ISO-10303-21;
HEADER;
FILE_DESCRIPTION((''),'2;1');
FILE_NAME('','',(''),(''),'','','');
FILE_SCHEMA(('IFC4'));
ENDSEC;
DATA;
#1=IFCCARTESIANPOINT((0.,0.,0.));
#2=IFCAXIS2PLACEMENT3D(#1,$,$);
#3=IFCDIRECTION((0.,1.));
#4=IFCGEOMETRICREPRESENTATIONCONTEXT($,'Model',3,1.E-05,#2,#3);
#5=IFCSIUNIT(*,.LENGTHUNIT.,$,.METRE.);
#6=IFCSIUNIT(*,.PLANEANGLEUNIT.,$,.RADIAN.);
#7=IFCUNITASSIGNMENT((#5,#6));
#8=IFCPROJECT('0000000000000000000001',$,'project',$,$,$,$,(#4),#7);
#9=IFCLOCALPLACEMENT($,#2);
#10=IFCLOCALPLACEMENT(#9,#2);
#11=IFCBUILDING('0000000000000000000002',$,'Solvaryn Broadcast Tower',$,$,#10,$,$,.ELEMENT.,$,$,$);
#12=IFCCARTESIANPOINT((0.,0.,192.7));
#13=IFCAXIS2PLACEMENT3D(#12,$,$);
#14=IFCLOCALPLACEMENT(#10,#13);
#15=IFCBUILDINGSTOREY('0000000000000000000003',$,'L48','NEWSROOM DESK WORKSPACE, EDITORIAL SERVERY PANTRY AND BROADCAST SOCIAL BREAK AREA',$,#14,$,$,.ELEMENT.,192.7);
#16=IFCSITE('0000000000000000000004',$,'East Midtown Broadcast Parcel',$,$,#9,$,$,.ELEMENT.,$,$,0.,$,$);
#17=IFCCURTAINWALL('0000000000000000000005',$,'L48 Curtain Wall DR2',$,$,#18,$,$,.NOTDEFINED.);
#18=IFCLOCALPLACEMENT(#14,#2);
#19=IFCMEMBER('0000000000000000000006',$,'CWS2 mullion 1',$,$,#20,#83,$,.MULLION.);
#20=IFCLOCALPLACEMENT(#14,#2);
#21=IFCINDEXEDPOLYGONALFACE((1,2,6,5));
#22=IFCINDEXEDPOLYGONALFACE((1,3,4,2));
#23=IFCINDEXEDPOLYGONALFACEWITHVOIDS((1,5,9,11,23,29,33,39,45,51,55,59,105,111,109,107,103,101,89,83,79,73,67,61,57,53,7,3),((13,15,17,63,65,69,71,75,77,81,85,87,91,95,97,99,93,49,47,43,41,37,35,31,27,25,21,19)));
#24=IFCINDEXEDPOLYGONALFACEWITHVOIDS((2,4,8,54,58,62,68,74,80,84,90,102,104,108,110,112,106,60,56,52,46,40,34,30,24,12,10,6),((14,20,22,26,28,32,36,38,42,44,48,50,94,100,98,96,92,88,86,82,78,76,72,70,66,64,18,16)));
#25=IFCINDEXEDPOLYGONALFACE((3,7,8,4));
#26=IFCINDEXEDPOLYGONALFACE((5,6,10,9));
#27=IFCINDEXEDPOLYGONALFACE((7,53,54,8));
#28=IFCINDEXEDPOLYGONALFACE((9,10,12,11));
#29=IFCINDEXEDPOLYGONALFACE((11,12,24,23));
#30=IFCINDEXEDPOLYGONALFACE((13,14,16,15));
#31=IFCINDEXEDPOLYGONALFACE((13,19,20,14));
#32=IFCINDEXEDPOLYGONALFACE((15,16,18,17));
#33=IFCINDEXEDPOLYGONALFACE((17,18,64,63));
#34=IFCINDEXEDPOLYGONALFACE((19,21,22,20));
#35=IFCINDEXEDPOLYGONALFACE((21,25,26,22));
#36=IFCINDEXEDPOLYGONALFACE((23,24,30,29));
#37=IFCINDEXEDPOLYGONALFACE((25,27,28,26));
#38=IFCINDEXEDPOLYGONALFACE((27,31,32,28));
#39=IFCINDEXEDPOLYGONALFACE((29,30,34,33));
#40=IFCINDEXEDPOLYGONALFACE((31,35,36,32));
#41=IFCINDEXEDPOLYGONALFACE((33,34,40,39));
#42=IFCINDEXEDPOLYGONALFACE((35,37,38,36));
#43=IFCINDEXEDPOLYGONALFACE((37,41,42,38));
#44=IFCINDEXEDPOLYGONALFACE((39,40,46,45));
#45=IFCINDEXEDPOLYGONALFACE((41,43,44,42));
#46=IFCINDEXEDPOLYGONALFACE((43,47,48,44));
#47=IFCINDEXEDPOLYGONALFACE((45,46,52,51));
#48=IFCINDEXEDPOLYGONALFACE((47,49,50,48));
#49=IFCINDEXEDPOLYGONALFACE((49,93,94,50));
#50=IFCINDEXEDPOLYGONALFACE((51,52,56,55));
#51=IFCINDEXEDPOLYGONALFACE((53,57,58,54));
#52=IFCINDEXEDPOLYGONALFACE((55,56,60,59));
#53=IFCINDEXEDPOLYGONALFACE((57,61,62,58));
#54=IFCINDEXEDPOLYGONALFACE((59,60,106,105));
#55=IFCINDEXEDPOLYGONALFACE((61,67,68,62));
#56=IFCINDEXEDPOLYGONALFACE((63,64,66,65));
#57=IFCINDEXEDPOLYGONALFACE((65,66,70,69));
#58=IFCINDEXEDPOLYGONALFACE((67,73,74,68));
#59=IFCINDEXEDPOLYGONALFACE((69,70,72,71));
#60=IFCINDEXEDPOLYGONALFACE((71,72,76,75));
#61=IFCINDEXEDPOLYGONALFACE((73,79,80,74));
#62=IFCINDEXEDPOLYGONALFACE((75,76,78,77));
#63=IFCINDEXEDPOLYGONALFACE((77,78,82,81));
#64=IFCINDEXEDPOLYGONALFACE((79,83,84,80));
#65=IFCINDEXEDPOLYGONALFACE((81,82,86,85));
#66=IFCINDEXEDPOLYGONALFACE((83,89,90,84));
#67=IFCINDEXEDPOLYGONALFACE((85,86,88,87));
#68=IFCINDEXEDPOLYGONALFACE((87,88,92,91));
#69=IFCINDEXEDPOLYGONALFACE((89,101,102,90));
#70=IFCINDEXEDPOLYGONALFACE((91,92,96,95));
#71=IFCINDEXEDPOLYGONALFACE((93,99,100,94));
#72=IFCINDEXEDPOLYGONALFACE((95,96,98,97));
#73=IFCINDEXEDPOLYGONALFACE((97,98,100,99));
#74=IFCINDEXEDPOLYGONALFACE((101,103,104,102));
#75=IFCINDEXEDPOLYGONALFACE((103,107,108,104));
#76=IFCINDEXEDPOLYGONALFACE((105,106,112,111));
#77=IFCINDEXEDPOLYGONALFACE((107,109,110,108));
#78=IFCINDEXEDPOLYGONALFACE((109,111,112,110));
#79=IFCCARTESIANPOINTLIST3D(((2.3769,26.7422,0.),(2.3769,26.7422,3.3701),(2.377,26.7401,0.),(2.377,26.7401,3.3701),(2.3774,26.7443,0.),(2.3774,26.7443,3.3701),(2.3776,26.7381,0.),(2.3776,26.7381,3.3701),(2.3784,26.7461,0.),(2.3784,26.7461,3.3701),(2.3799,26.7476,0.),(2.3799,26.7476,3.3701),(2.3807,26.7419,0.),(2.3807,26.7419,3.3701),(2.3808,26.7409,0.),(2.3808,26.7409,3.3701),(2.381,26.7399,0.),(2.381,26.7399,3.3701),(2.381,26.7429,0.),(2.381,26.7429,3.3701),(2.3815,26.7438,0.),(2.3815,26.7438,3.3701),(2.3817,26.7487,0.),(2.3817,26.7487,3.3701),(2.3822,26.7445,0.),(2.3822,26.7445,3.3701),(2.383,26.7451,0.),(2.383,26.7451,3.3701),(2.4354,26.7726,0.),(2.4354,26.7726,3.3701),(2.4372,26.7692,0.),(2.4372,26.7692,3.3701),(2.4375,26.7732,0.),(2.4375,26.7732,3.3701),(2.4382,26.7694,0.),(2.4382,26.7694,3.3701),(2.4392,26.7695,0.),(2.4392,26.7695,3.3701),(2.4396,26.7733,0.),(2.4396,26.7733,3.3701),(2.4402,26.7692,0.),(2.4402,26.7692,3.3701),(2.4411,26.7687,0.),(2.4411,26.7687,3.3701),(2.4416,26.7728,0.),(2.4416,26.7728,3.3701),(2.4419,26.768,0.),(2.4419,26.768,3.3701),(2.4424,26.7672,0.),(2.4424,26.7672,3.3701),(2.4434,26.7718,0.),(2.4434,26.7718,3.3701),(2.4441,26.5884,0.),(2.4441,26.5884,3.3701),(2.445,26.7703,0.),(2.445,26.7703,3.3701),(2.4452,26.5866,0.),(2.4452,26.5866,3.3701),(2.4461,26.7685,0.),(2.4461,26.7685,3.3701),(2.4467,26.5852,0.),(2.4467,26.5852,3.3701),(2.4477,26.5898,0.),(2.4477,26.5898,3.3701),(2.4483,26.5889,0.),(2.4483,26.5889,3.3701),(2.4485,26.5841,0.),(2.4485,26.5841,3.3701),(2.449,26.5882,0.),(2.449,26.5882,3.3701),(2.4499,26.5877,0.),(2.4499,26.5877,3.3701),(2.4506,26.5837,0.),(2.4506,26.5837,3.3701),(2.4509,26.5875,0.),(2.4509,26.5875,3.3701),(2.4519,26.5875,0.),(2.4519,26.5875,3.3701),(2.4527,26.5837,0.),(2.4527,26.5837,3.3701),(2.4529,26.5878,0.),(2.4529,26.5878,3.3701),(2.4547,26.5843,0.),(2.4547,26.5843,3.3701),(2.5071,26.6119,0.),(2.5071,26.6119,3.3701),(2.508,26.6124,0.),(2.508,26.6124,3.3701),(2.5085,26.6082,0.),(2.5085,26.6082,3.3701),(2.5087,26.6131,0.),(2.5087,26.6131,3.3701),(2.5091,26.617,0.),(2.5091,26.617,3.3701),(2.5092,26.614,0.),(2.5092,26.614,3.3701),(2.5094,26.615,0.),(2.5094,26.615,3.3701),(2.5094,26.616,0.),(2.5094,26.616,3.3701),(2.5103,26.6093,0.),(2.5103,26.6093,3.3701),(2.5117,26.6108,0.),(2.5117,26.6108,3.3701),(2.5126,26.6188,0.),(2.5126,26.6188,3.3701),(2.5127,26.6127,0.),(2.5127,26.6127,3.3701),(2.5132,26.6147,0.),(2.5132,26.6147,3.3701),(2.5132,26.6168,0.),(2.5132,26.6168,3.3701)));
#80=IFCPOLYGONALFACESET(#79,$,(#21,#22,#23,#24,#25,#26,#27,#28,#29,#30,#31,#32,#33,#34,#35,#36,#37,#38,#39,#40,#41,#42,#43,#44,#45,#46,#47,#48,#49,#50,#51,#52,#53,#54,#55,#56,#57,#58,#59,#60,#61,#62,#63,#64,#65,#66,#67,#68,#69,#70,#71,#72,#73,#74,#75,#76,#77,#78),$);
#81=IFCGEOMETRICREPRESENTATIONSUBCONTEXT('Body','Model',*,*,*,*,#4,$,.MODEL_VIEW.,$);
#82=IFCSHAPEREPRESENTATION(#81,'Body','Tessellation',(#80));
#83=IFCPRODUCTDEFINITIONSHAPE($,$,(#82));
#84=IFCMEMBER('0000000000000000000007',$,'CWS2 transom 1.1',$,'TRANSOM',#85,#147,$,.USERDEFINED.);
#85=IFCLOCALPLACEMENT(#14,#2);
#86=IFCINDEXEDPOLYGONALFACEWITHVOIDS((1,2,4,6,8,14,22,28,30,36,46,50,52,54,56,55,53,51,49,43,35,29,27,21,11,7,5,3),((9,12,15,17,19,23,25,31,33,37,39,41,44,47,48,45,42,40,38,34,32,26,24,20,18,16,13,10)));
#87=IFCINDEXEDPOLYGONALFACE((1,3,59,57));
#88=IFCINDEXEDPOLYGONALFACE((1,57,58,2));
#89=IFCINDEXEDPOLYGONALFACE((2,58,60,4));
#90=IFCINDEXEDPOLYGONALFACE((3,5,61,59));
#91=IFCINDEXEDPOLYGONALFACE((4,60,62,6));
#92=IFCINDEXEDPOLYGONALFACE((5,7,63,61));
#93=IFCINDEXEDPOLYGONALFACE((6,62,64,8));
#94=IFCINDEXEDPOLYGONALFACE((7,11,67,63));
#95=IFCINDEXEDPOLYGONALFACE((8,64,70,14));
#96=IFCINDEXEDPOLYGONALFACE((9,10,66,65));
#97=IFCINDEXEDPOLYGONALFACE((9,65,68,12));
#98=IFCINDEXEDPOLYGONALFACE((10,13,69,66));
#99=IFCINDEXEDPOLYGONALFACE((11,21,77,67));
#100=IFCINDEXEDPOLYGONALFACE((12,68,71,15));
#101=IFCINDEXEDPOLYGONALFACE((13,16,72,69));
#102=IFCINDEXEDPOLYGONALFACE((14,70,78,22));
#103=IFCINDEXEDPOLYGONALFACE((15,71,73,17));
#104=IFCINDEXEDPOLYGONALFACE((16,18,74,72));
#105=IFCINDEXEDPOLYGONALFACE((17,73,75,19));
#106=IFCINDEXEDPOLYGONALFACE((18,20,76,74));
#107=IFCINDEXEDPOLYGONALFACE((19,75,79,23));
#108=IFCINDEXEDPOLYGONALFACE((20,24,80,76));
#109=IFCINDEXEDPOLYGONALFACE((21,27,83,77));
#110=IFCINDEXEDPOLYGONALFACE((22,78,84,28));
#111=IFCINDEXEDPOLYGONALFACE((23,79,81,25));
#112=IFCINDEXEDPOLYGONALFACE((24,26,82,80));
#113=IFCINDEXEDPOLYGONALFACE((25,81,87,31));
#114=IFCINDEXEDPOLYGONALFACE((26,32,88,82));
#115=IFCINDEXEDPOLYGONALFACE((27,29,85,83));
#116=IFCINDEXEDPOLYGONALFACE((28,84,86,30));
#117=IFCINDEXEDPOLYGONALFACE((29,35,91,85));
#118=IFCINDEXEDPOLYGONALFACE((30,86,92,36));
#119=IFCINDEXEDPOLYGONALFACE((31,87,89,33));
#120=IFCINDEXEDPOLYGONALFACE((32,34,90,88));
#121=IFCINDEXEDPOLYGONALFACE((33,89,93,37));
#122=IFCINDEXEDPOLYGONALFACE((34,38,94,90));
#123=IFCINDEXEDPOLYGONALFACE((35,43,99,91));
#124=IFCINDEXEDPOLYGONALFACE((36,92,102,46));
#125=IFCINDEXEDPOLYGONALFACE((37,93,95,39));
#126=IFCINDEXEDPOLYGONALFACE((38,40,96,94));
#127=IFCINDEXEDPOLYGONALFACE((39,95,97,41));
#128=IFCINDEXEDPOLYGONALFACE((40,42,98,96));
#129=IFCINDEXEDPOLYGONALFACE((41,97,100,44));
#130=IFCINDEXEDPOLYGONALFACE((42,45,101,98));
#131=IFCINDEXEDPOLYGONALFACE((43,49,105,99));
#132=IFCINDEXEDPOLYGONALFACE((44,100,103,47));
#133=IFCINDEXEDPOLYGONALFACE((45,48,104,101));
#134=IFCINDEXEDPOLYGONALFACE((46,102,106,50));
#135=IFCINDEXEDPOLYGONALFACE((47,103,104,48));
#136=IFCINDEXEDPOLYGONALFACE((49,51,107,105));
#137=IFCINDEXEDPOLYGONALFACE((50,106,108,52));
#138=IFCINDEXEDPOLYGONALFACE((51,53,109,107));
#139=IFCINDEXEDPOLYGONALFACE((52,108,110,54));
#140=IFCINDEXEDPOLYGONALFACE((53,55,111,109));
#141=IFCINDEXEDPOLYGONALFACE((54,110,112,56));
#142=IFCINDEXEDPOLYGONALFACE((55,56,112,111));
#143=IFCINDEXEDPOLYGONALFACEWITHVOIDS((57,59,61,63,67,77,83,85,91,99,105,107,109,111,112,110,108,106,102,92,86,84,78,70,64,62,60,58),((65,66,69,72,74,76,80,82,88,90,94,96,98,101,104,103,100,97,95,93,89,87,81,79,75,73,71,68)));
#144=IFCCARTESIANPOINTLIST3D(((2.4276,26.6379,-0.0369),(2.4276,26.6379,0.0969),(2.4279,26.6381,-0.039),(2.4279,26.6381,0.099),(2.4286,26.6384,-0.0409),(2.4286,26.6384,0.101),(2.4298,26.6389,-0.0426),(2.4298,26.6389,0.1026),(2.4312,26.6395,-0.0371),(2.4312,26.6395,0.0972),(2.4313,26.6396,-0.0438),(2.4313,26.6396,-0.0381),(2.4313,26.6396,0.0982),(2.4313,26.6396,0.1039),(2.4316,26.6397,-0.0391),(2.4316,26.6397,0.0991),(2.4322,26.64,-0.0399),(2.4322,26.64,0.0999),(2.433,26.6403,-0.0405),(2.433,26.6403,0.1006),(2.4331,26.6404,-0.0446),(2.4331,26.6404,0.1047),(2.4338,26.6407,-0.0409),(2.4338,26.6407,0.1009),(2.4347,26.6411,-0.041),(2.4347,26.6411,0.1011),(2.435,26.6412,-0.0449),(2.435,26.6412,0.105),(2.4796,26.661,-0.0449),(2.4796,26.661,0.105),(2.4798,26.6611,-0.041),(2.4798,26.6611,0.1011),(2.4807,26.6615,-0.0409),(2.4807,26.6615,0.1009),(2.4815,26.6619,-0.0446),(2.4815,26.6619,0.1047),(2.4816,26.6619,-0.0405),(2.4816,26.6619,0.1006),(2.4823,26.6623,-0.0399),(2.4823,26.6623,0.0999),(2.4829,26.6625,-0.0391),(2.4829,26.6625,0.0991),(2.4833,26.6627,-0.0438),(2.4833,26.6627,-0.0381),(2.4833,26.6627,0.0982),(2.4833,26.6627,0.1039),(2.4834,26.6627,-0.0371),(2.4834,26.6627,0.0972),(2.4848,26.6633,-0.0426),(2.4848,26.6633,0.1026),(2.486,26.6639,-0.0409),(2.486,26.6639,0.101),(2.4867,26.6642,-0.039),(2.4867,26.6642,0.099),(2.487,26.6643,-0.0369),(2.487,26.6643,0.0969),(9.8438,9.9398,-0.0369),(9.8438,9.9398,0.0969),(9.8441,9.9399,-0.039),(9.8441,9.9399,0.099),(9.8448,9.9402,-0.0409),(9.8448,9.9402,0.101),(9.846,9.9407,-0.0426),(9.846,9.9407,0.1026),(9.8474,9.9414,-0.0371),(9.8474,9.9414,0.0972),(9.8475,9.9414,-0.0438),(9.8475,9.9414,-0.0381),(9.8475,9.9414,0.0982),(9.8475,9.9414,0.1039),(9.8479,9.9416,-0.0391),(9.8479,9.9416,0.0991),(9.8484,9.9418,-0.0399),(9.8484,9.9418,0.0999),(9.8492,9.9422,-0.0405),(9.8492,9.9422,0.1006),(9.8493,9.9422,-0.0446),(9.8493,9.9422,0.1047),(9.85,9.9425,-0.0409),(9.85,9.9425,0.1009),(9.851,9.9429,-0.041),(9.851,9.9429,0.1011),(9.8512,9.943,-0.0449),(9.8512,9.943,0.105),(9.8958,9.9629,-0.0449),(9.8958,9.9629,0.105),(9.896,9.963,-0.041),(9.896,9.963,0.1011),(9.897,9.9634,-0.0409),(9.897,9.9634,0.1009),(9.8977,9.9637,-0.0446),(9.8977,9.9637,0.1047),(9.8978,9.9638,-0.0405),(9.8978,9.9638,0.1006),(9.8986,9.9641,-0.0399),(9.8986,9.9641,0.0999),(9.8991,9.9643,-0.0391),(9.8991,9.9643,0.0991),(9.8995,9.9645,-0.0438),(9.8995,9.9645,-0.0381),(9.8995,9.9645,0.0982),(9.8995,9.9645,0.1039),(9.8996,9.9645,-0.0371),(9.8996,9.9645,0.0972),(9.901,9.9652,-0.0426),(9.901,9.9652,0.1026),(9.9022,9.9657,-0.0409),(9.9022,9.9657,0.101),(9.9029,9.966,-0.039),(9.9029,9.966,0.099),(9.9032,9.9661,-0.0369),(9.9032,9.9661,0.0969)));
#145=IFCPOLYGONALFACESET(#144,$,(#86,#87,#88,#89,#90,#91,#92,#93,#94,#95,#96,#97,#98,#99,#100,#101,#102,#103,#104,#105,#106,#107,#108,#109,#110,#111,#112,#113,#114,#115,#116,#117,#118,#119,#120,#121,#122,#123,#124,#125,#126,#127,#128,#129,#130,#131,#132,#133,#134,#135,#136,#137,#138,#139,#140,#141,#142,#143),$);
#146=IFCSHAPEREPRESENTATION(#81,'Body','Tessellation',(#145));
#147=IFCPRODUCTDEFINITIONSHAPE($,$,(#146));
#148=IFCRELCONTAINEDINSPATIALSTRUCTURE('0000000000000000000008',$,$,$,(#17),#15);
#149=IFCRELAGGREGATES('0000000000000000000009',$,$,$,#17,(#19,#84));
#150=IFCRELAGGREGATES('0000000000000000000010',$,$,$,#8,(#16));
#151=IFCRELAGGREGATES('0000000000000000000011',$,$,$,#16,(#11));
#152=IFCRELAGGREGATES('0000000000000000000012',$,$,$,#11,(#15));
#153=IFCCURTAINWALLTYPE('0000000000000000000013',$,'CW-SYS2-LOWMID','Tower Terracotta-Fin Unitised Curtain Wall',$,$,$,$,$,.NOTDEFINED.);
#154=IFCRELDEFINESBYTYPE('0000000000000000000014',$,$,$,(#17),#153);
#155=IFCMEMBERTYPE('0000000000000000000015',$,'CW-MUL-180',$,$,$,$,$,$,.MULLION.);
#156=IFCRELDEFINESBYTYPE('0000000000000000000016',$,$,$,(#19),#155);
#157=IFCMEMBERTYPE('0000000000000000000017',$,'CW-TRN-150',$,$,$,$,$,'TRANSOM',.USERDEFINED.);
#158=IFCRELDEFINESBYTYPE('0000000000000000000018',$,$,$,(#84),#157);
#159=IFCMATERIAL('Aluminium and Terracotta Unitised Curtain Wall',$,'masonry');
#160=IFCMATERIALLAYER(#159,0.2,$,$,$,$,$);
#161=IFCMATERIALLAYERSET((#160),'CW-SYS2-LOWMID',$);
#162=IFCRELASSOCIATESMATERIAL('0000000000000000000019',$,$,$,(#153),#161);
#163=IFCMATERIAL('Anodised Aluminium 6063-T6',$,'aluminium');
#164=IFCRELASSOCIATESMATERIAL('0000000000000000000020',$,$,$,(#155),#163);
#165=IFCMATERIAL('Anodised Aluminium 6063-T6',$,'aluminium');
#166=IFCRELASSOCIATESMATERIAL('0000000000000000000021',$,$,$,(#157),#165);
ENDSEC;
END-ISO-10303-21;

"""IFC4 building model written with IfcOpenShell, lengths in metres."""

from ifc_helpers import new_model, si_unit, direction, frame, origin, origin_2d, place, context, subcontext, project, spatial, hollow_rectangle, extrude, material, layer, layer_set, material_profile, profile_set, type_object, element, aggregate, save


model = new_model("IFC4")

# Units and contexts
model_context = context("Model", 3, precision=1e-05, world=origin(), true_north=direction((0.0, 1.0)))
body_context = subcontext(model_context, "Body", "Model", "MODEL_VIEW")
ifc_project = project(units=[si_unit("LENGTHUNIT", "METRE"), si_unit("PLANEANGLEUNIT", "RADIAN")], contexts=[model_context])

# Site, building, storey
site_placement = place(None, origin())
site = spatial("IfcSite", under=ifc_project, at=site_placement, Name="East Midtown Broadcast Parcel", CompositionType="ELEMENT", RefElevation=0.0)
building_placement = place(site_placement, origin())
building = spatial("IfcBuilding", under=site, at=building_placement, Name="Solvaryn Broadcast Tower", CompositionType="ELEMENT")
storey_placement = place(building_placement, frame((0.0, 0.0, 192.7)))
storey = spatial("IfcBuildingStorey", under=building, at=storey_placement, Name="L48", Description="NEWSROOM DESK WORKSPACE, EDITORIAL SERVERY PANTRY AND BROADCAST SOCIAL BREAK AREA", CompositionType="ELEMENT", Elevation=192.7)

# Shared definitions
ifc_material_1 = material(Name="Aluminium and Terracotta Unitised Curtain Wall", Category="masonry")
ifc_layer_1 = layer(ifc_material_1, 0.2)
ifc_layer_set_1 = layer_set([ifc_layer_1], Name="CW-SYS2-LOWMID")
curtain_wall_type = type_object("IfcCurtainWallType", Name="CW-SYS2-LOWMID", Description="Tower Terracotta-Fin Unitised Curtain Wall", PredefinedType="NOTDEFINED", material=ifc_layer_set_1)
ifc_material_2 = material(Name="Anodised Aluminium 6063-T6", Category="aluminium")
ifc_material_profile_1 = material_profile(ifc_material_2, hollow_rectangle(XDim=0.075, YDim=0.1799, WallThickness=0.0039, InnerFilletRadius=0.0039, OuterFilletRadius=0.0081, at=origin_2d()))
ifc_profile_set_1 = profile_set([ifc_material_profile_1], Name="Anodised Aluminium 6063-T6")
member_type_1 = type_object("IfcMemberType", Name="CW-MUL-180", PredefinedType="MULLION", material=ifc_profile_set_1)

# Curtain wall, members
curtain_wall_1_placement = place(storey_placement, origin())
curtain_wall_1 = element("IfcCurtainWall", 1, at=curtain_wall_1_placement, inside=storey, type_object=curtain_wall_type, Name="L48 Curtain Wall DR2", PredefinedType="NOTDEFINED")
member_1_placement = place(storey_placement, frame((2.4451, 26.6785, 0.0), z_axis=(0.0, 0.0, 1.0), x_axis=(0.913917, 0.405901, 0.0)))
member_1 = element("IfcMember", 2, at=member_1_placement, type_object=member_type_1, Name="CWS2 mullion 1", PredefinedType="MULLION", context=body_context, shape_type="SweptSolid", body=[
    extrude(hollow_rectangle(XDim=0.075, YDim=0.1799, WallThickness=0.0039, InnerFilletRadius=0.0039, OuterFilletRadius=0.0081, at=origin_2d()), origin(), (0.0, 0.0, 1.0), 3.3701),
])
ifc_material_3 = material(Name="Anodised Aluminium 6063-T6", Category="aluminium")
ifc_material_profile_2 = material_profile(ifc_material_3, hollow_rectangle(XDim=0.0649, YDim=0.1499, WallThickness=0.0039, InnerFilletRadius=0.0039, OuterFilletRadius=0.0081, at=origin_2d()))
ifc_profile_set_2 = profile_set([ifc_material_profile_2], Name="Anodised Aluminium 6063-T6")
member_type_2 = type_object("IfcMemberType", Name="CW-TRN-150", ElementType="TRANSOM", PredefinedType="USERDEFINED", material=ifc_profile_set_2)
member_2_placement = place(storey_placement, frame((2.4573, 26.6511, 0.03), z_axis=(0.405902, -0.913917, 0.0), x_axis=(0.913917, 0.405902, 0.0)))
member_2 = element("IfcMember", 3, at=member_2_placement, type_object=member_type_2, Name="CWS2 transom 1.1", ObjectType="TRANSOM", PredefinedType="USERDEFINED", context=body_context, shape_type="SweptSolid", body=[
    extrude(hollow_rectangle(XDim=0.0649, YDim=0.1499, WallThickness=0.0039, InnerFilletRadius=0.0039, OuterFilletRadius=0.0081, at=origin_2d()), origin(), (0.0, 0.0, 1.0), 18.271),
])
aggregate(curtain_wall_1, [member_1, member_2])

save(model, "model.ifc")
